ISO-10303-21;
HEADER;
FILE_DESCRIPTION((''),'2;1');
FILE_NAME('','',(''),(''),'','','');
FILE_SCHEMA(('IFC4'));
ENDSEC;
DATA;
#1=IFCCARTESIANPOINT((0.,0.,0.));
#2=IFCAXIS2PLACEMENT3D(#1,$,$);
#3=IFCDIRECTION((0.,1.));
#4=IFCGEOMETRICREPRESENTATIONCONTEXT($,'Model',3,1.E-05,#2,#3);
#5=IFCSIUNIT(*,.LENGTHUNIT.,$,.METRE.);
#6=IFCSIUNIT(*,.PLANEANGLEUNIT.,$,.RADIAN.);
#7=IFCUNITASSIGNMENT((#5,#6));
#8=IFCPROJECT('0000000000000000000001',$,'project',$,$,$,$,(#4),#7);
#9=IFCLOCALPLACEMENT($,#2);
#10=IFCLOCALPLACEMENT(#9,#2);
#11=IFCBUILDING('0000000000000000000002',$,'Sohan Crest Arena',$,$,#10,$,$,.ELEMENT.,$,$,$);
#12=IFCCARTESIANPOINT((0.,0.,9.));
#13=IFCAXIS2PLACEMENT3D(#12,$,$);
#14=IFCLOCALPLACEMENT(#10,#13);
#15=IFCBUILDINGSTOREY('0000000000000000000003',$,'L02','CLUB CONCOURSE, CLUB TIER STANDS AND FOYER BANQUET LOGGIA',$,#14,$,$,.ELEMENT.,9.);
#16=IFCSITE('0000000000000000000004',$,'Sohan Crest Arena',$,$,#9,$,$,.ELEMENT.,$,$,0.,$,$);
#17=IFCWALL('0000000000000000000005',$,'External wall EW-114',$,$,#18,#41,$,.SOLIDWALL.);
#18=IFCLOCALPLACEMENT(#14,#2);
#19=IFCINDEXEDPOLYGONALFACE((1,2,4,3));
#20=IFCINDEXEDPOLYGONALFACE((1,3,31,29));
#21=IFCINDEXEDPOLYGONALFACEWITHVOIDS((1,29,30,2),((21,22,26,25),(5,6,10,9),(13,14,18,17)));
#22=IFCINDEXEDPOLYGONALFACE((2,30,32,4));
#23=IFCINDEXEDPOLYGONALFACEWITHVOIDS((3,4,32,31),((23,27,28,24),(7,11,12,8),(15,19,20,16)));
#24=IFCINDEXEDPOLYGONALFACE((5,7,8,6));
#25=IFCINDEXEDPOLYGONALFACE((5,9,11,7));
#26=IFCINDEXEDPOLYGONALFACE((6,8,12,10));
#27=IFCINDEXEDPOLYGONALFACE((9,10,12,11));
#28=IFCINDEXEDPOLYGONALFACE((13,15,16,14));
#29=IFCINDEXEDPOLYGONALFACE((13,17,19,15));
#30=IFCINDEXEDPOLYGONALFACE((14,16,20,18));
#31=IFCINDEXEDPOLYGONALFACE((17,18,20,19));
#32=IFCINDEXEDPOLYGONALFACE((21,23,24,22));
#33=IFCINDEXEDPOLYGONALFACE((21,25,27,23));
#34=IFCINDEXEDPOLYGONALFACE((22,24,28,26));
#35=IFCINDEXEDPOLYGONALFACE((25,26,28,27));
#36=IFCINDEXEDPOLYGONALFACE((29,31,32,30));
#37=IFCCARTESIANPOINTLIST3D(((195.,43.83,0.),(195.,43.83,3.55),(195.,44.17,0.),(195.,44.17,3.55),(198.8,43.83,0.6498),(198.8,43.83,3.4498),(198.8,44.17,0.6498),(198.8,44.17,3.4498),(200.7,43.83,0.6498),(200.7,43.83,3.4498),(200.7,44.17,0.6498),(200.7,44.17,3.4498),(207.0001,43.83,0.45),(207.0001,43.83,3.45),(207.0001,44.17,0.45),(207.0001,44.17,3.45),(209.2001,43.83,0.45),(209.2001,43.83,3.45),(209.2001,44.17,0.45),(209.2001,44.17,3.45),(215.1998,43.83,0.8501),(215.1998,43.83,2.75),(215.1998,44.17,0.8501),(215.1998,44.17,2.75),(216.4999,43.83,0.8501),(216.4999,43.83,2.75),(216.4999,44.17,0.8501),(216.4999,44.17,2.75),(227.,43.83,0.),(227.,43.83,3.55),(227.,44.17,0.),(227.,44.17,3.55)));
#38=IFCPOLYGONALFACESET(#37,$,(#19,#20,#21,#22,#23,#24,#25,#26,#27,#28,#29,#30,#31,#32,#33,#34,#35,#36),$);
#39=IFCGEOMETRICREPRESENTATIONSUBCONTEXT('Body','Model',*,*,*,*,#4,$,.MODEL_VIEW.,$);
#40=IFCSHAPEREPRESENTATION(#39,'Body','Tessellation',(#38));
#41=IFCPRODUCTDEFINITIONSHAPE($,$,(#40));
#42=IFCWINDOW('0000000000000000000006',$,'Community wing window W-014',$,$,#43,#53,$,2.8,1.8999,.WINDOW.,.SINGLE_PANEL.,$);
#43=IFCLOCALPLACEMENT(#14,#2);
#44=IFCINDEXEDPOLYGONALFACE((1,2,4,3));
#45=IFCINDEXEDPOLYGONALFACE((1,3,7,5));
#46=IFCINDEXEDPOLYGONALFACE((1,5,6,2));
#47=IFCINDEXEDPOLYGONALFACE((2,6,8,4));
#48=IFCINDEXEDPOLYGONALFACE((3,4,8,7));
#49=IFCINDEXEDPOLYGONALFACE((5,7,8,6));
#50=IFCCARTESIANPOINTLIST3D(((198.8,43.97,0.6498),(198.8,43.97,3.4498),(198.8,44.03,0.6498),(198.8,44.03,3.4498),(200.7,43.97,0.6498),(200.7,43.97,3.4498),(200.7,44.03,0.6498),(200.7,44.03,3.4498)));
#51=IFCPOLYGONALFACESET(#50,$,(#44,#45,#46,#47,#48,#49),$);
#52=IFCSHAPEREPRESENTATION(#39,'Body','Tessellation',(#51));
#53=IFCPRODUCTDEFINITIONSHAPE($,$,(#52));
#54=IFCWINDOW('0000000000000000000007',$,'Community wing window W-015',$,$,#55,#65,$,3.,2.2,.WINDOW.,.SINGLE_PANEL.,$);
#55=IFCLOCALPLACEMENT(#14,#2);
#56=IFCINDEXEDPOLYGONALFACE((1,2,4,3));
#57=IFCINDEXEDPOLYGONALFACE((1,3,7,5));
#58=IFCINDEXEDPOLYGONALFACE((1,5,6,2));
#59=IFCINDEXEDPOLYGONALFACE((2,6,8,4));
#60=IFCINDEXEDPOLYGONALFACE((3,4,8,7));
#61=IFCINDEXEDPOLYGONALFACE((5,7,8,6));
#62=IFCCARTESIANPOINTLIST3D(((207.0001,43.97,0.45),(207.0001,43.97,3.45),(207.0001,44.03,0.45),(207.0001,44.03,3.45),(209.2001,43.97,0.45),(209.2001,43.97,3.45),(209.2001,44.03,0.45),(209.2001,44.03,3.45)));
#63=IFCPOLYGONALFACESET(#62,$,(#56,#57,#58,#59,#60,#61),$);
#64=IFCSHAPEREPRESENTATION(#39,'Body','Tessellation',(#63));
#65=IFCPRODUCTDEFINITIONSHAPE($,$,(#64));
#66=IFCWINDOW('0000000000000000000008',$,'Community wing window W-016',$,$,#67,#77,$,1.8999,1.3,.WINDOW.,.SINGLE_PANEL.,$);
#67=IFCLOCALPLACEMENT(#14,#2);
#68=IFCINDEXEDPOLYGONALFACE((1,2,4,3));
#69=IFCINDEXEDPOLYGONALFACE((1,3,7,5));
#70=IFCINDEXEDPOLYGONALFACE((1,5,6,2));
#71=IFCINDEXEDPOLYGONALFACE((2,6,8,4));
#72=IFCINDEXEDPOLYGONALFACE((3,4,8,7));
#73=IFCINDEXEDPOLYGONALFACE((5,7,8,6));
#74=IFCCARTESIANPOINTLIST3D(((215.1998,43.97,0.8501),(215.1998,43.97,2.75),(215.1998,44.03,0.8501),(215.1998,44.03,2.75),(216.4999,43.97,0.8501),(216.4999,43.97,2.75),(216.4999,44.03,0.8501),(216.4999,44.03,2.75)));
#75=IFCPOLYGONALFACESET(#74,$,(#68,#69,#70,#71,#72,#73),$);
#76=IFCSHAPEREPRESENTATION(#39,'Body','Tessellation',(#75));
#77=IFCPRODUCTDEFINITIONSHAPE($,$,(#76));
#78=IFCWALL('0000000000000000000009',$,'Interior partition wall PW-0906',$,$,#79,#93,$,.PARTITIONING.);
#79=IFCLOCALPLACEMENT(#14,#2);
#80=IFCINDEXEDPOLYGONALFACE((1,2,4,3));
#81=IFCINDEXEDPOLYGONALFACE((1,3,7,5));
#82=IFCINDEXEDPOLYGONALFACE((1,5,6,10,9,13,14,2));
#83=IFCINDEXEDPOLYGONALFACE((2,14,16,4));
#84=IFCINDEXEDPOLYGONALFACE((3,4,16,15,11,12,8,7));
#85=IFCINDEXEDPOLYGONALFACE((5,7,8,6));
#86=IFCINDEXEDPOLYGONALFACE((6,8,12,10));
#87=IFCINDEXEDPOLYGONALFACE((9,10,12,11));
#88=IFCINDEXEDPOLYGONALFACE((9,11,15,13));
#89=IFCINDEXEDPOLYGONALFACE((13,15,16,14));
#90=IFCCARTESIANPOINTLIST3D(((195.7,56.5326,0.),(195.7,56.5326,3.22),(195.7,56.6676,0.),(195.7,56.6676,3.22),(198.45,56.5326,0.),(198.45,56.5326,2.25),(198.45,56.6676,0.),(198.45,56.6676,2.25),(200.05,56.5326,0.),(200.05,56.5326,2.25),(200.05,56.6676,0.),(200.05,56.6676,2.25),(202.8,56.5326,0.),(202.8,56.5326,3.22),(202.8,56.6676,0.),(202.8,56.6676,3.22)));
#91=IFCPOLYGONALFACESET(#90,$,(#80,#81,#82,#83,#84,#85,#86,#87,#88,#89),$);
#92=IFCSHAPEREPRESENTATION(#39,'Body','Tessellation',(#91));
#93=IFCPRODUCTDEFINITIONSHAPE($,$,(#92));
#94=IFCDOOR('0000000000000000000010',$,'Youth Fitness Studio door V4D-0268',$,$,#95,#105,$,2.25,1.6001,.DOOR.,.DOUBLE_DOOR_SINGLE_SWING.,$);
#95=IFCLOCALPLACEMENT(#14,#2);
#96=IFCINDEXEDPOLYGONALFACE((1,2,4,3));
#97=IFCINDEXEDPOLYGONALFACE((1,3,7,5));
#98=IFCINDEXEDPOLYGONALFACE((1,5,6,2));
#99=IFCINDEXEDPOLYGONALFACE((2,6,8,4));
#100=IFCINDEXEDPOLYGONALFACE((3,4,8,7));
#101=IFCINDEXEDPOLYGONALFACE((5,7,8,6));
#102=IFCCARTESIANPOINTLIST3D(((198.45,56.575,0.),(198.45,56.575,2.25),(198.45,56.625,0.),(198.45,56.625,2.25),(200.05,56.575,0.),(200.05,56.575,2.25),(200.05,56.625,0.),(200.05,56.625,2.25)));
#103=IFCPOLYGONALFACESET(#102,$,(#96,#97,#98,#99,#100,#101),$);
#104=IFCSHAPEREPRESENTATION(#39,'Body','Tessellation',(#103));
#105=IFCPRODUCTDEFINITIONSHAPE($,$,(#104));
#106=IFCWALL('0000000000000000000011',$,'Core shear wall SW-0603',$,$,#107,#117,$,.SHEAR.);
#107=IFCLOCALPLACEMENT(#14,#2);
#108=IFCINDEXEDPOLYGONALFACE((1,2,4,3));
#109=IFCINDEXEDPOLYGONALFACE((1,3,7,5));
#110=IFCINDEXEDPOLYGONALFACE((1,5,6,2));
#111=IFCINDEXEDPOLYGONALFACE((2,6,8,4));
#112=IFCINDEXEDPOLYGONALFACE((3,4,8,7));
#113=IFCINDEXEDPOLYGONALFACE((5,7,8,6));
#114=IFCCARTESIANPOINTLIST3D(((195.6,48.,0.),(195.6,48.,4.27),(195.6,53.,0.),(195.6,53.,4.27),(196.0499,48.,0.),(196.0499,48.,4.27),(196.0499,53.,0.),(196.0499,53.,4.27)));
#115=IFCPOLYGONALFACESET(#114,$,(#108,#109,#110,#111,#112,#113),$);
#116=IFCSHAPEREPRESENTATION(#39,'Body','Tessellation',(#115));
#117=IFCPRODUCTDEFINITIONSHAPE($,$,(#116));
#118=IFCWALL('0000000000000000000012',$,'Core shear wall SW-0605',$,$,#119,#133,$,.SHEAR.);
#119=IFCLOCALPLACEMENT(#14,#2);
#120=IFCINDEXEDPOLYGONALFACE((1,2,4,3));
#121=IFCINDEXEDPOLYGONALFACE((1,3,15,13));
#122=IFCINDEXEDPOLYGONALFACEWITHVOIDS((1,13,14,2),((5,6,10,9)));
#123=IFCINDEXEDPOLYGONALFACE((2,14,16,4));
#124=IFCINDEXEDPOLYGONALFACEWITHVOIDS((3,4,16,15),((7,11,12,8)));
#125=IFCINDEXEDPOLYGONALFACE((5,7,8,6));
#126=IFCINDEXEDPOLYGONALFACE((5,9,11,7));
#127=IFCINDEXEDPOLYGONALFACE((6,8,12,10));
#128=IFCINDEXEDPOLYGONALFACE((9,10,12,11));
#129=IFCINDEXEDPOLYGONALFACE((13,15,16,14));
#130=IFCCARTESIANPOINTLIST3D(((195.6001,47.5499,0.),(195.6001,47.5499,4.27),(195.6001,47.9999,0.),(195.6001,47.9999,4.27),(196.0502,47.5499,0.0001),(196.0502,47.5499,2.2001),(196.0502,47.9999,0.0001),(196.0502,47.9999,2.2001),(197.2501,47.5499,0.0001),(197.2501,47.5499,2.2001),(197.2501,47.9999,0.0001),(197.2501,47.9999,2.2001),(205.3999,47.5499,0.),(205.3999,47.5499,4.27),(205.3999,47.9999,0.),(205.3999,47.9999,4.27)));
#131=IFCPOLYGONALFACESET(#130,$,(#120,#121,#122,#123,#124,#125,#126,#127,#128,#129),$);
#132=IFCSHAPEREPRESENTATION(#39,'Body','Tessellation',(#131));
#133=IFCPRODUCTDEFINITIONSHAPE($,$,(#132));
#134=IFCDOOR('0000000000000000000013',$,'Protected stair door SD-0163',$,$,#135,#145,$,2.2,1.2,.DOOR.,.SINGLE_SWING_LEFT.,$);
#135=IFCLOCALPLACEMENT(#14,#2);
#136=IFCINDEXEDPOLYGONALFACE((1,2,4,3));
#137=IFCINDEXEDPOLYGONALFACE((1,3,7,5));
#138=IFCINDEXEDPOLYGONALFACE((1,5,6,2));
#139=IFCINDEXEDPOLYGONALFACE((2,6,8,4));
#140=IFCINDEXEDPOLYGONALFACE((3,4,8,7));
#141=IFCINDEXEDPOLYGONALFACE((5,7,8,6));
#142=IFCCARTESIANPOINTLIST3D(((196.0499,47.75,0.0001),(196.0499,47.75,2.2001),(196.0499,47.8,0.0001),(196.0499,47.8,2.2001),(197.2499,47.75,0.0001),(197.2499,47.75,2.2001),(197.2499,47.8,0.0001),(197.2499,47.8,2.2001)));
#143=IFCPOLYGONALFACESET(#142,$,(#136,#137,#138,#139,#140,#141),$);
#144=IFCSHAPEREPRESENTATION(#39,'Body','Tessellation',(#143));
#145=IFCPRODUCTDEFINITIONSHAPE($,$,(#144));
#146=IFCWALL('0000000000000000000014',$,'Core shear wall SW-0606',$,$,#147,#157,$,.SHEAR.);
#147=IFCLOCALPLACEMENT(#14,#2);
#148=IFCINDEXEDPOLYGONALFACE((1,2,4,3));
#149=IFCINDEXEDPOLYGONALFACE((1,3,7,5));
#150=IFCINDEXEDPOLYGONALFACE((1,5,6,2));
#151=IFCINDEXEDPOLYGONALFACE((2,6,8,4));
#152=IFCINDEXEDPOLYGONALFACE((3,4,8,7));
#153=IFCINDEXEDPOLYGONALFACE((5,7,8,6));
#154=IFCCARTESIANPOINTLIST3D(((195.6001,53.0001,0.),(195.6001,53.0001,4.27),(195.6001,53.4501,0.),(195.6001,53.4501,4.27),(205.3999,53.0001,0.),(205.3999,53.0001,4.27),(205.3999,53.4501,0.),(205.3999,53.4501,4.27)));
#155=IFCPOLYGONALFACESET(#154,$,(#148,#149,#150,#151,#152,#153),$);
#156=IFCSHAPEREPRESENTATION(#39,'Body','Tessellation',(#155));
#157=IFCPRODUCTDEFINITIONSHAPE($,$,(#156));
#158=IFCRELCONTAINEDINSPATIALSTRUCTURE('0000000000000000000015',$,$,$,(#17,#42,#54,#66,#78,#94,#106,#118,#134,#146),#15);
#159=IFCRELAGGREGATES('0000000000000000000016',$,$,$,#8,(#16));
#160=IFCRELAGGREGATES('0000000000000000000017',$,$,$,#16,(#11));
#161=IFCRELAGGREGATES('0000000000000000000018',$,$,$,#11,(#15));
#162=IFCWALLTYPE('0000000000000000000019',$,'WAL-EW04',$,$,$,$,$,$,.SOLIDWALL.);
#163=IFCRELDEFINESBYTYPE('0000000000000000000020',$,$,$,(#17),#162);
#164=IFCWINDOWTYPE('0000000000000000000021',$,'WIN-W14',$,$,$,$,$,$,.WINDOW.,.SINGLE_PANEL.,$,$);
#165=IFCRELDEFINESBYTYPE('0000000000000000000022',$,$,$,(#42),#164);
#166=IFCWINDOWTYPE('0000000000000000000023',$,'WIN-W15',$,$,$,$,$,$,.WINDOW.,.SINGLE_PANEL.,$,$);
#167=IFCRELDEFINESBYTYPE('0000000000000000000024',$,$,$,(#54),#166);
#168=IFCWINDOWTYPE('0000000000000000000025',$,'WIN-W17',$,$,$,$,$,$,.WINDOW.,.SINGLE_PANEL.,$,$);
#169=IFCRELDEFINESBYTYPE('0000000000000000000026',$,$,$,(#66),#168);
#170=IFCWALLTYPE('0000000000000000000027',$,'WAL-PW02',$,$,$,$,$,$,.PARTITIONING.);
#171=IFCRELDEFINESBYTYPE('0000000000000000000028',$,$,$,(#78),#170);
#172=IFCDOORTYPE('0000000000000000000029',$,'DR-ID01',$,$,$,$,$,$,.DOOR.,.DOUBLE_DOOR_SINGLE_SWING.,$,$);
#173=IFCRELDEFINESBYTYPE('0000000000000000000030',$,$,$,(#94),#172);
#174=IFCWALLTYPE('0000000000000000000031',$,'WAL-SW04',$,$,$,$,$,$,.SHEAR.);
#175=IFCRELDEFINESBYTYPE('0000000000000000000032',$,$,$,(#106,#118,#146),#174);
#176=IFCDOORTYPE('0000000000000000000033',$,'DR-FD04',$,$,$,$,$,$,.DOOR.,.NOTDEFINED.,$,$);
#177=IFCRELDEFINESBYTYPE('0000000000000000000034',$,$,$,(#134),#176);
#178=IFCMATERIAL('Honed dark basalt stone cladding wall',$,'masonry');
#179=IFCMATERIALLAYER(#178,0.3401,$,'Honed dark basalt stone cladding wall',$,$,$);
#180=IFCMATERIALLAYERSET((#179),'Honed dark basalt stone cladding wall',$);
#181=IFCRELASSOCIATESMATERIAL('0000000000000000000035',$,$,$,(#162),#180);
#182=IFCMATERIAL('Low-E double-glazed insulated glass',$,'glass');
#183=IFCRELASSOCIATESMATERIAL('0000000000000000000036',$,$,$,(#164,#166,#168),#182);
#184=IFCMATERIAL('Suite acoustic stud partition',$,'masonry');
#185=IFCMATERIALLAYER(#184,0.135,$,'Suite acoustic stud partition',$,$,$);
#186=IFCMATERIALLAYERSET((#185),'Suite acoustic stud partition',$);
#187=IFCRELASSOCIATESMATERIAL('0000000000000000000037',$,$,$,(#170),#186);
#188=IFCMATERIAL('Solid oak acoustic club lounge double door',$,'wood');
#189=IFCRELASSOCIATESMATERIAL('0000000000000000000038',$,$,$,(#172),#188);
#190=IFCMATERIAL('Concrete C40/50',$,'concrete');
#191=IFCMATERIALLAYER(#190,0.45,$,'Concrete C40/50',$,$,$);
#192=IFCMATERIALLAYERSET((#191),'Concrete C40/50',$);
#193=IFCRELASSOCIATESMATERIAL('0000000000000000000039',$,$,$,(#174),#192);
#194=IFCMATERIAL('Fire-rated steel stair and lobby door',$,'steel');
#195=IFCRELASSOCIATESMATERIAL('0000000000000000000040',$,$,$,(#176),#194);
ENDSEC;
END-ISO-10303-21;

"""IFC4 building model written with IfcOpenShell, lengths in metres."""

from ifc_helpers import new_model, si_unit, direction, frame, frame_2d, origin, place, context, subcontext, project, spatial, rectangle, extrude, material, layer, layer_set, type_object, element, fill, save


model = new_model("IFC4")

# Units and contexts
model_context = context("Model", 3, precision=1e-05, world=origin(), true_north=direction((0.0, 1.0)))
body_context = subcontext(model_context, "Body", "Model", "MODEL_VIEW")
ifc_project = project(units=[si_unit("LENGTHUNIT", "METRE"), si_unit("PLANEANGLEUNIT", "RADIAN")], contexts=[model_context])

# Site, building, storey
site_placement = place(None, origin())
site = spatial("IfcSite", under=ifc_project, at=site_placement, Name="Sohan Crest Arena", CompositionType="ELEMENT", RefElevation=0.0)
building_placement = place(site_placement, origin())
building = spatial("IfcBuilding", under=site, at=building_placement, Name="Sohan Crest Arena", CompositionType="ELEMENT")
storey_placement = place(building_placement, frame((0.0, 0.0, 9.0)))
storey = spatial("IfcBuildingStorey", under=building, at=storey_placement, Name="L02", Description="CLUB CONCOURSE, CLUB TIER STANDS AND FOYER BANQUET LOGGIA", CompositionType="ELEMENT", Elevation=9.0)

# Shared definitions
ifc_material_1 = material(Name="Concrete C40/50", Category="concrete")

# Wall, openings, windows
ifc_material_2 = material(Name="Honed dark basalt stone cladding wall", Category="masonry")
ifc_layer_1 = layer(ifc_material_2, 0.3401, Name="Honed dark basalt stone cladding wall")
ifc_layer_set_1 = layer_set([ifc_layer_1], Name="Honed dark basalt stone cladding wall")
wall_type_1 = type_object("IfcWallType", Name="WAL-EW04", PredefinedType="SOLIDWALL", material=ifc_layer_set_1)
wall_1_placement = place(storey_placement, frame((195.0, 44.0, 0.0), z_axis=(0.0, 0.0, 1.0), x_axis=(1.0, 0.0, 0.0)))
wall_1 = element("IfcWall", 1, at=wall_1_placement, inside=storey, type_object=wall_type_1, Name="External wall EW-114", PredefinedType="SOLIDWALL", context=body_context, shape_type="SweptSolid", body=[
    extrude(rectangle(XDim=32.0, YDim=0.3401, at=frame_2d((16.0, 0.0))), origin(), (0.0, 0.0, 1.0), 3.55),
])
opening_1_placement = place(wall_1_placement, frame((3.8, 0.0, 0.6499)))
opening_1 = element("IfcOpeningElement", 2, at=opening_1_placement, cuts=wall_1, PredefinedType="OPENING", context=body_context, shape_type="SweptSolid", body=[
    extrude(rectangle(XDim=1.8999, YDim=2.8, at=frame_2d((0.95, 1.3999))), frame((0.0, 0.1799, 0.0), z_axis=(0.0, -1.0, 0.0), x_axis=(1.0, 0.0, 0.0)), (0.0, 0.0, 1.0), 0.3601),
])
opening_2_placement = place(wall_1_placement, frame((12.0, 0.0, 0.45)))
opening_2 = element("IfcOpeningElement", 3, at=opening_2_placement, cuts=wall_1, PredefinedType="OPENING", context=body_context, shape_type="SweptSolid", body=[
    extrude(rectangle(XDim=2.2, YDim=3.0, at=frame_2d((1.1001, 1.5))), frame((0.0, 0.1799, 0.0), z_axis=(0.0, -1.0, 0.0), x_axis=(1.0, 0.0, 0.0)), (0.0, 0.0, 1.0), 0.3601),
])
opening_3_placement = place(wall_1_placement, frame((20.2, 0.0, 0.8501)))
opening_3 = element("IfcOpeningElement", 4, at=opening_3_placement, cuts=wall_1, PredefinedType="OPENING", context=body_context, shape_type="SweptSolid", body=[
    extrude(rectangle(XDim=1.3, YDim=1.8999, at=frame_2d((0.6499, 0.95))), frame((0.0, 0.1799, 0.0), z_axis=(0.0, -1.0, 0.0), x_axis=(1.0, 0.0, 0.0)), (0.0, 0.0, 1.0), 0.3601),
])
ifc_material_3 = material(Name="Low-E double-glazed insulated glass", Category="glass")
window_type_1 = type_object("IfcWindowType", Name="WIN-W14", PartitioningType="SINGLE_PANEL", PredefinedType="WINDOW", material=ifc_material_3)
window_1_placement = place(opening_1_placement, origin())
window_1 = element("IfcWindow", 5, at=window_1_placement, inside=storey, type_object=window_type_1, Name="Community wing window W-014", OverallHeight=2.8, OverallWidth=1.8999, PartitioningType="SINGLE_PANEL", PredefinedType="WINDOW", context=body_context, shape_type="SweptSolid", body=[
    extrude(rectangle(XDim=1.8999, YDim=2.8, at=frame_2d((0.95, 1.3999))), frame((0.0, 0.03, 0.0), z_axis=(0.0, -1.0, 0.0), x_axis=(1.0, 0.0, 0.0)), (0.0, 0.0, 1.0), 0.0601),
])
fill(opening_1, window_1)
window_type_2 = type_object("IfcWindowType", Name="WIN-W15", PartitioningType="SINGLE_PANEL", PredefinedType="WINDOW", material=ifc_material_3)
window_2_placement = place(opening_2_placement, origin())
window_2 = element("IfcWindow", 6, at=window_2_placement, inside=storey, type_object=window_type_2, Name="Community wing window W-015", OverallHeight=3.0, OverallWidth=2.2, PartitioningType="SINGLE_PANEL", PredefinedType="WINDOW", context=body_context, shape_type="SweptSolid", body=[
    extrude(rectangle(XDim=2.2, YDim=3.0, at=frame_2d((1.1001, 1.5))), frame((0.0, 0.03, 0.0), z_axis=(0.0, -1.0, 0.0), x_axis=(1.0, 0.0, 0.0)), (0.0, 0.0, 1.0), 0.0601),
])
fill(opening_2, window_2)
window_type_3 = type_object("IfcWindowType", Name="WIN-W17", PartitioningType="SINGLE_PANEL", PredefinedType="WINDOW", material=ifc_material_3)
window_3_placement = place(opening_3_placement, origin())
window_3 = element("IfcWindow", 7, at=window_3_placement, inside=storey, type_object=window_type_3, Name="Community wing window W-016", OverallHeight=1.8999, OverallWidth=1.3, PartitioningType="SINGLE_PANEL", PredefinedType="WINDOW", context=body_context, shape_type="SweptSolid", body=[
    extrude(rectangle(XDim=1.3, YDim=1.8999, at=frame_2d((0.6499, 0.95))), frame((0.0, 0.03, 0.0), z_axis=(0.0, -1.0, 0.0), x_axis=(1.0, 0.0, 0.0)), (0.0, 0.0, 1.0), 0.0601),
])
fill(opening_3, window_3)

# Wall, opening, door
ifc_material_4 = material(Name="Suite acoustic stud partition", Category="masonry")
ifc_layer_2 = layer(ifc_material_4, 0.135, Name="Suite acoustic stud partition")
ifc_layer_set_2 = layer_set([ifc_layer_2], Name="Suite acoustic stud partition")
wall_type_2 = type_object("IfcWallType", Name="WAL-PW02", PredefinedType="PARTITIONING", material=ifc_layer_set_2)
wall_2_placement = place(storey_placement, frame((195.7, 56.6001, 0.0), z_axis=(0.0, 0.0, 1.0), x_axis=(1.0, 0.0, 0.0)))
wall_2 = element("IfcWall", 8, at=wall_2_placement, inside=storey, type_object=wall_type_2, Name="Interior partition wall PW-0906", PredefinedType="PARTITIONING", context=body_context, shape_type="SweptSolid", body=[
    extrude(rectangle(XDim=7.1001, YDim=0.135, at=frame_2d((3.55, 0.0))), origin(), (0.0, 0.0, 1.0), 3.22),
])
opening_4_placement = place(wall_2_placement, frame((2.75, 0.0, 0.0)))
opening_4 = element("IfcOpeningElement", 9, at=opening_4_placement, cuts=wall_2, PredefinedType="OPENING", context=body_context, shape_type="SweptSolid", body=[
    extrude(rectangle(XDim=1.6001, YDim=2.25, at=frame_2d((0.8, 1.125))), frame((0.0, 0.0774, 0.0), z_axis=(0.0, -1.0, 0.0), x_axis=(1.0, 0.0, 0.0)), (0.0, 0.0, 1.0), 0.155),
])
ifc_material_5 = material(Name="Solid oak acoustic club lounge double door", Category="wood")
door_type_1 = type_object("IfcDoorType", Name="DR-ID01", OperationType="DOUBLE_DOOR_SINGLE_SWING", PredefinedType="DOOR", material=ifc_material_5)
door_1_placement = place(opening_4_placement, origin())
door_1 = element("IfcDoor", 10, at=door_1_placement, inside=storey, type_object=door_type_1, Name="Youth Fitness Studio door V4D-0268", OperationType="DOUBLE_DOOR_SINGLE_SWING", OverallHeight=2.25, OverallWidth=1.6001, PredefinedType="DOOR", context=body_context, shape_type="SweptSolid", body=[
    extrude(rectangle(XDim=1.6001, YDim=2.25, at=frame_2d((0.8, 1.125))), frame((0.0, 0.0249, 0.0), z_axis=(0.0, -1.0, 0.0), x_axis=(1.0, 0.0, 0.0)), (0.0, 0.0, 1.0), 0.05),
])
fill(opening_4, door_1)

# Wall
ifc_layer_3 = layer(ifc_material_1, 0.45, Name="Concrete C40/50")
ifc_layer_set_3 = layer_set([ifc_layer_3], Name="Concrete C40/50")
wall_type_3 = type_object("IfcWallType", Name="WAL-SW04", PredefinedType="SHEAR", material=ifc_layer_set_3)
wall_3_placement = place(storey_placement, frame((195.825, 48.0, 0.0), z_axis=(0.0, 0.0, 1.0), x_axis=(0.0, 1.0, 0.0)))
element("IfcWall", 11, at=wall_3_placement, inside=storey, type_object=wall_type_3, Name="Core shear wall SW-0603", PredefinedType="SHEAR", context=body_context, shape_type="SweptSolid", body=[
    extrude(rectangle(XDim=5.0, YDim=0.45, at=frame_2d((2.5, 0.0))), origin(), (0.0, 0.0, 1.0), 4.27),
])

# Wall, opening, door
wall_4_placement = place(storey_placement, frame((195.6001, 47.7749, 0.0), z_axis=(0.0, 0.0, 1.0), x_axis=(1.0, 0.0, 0.0)))
wall_4 = element("IfcWall", 12, at=wall_4_placement, inside=storey, type_object=wall_type_3, Name="Core shear wall SW-0605", PredefinedType="SHEAR", context=body_context, shape_type="SweptSolid", body=[
    extrude(rectangle(XDim=9.7998, YDim=0.45, at=frame_2d((4.8999, 0.0))), origin(), (0.0, 0.0, 1.0), 4.27),
])
opening_5_placement = place(wall_4_placement, frame((0.45, 0.0, 0.0)))
opening_5 = element("IfcOpeningElement", 13, at=opening_5_placement, cuts=wall_4, PredefinedType="OPENING", context=body_context, shape_type="SweptSolid", body=[
    extrude(rectangle(XDim=1.2, YDim=2.2, at=frame_2d((0.6001, 1.1001))), frame((0.0, 0.2349, 0.0), z_axis=(0.0, -1.0, 0.0), x_axis=(1.0, 0.0, 0.0)), (0.0, 0.0, 1.0), 0.47),
])
ifc_material_6 = material(Name="Fire-rated steel stair and lobby door", Category="steel")
door_type_2 = type_object("IfcDoorType", Name="DR-FD04", OperationType="NOTDEFINED", PredefinedType="DOOR", material=ifc_material_6)
door_2_placement = place(opening_5_placement, frame((1.2, 0.0, 0.0), z_axis=(0.0, 0.0, 1.0), x_axis=(-1.0, 0.0, 0.0)))
door_2 = element("IfcDoor", 14, at=door_2_placement, inside=storey, type_object=door_type_2, Name="Protected stair door SD-0163", OperationType="SINGLE_SWING_LEFT", OverallHeight=2.2, OverallWidth=1.2, PredefinedType="DOOR", context=body_context, shape_type="SweptSolid", body=[
    extrude(rectangle(XDim=1.2, YDim=2.2, at=frame_2d((0.6001, 1.1001))), frame((0.0, 0.0249, 0.0), z_axis=(0.0, -1.0, 0.0), x_axis=(1.0, 0.0, 0.0)), (0.0, 0.0, 1.0), 0.05),
])
fill(opening_5, door_2)

# Wall
wall_5_placement = place(storey_placement, frame((195.6001, 53.2251, 0.0), z_axis=(0.0, 0.0, 1.0), x_axis=(1.0, 0.0, 0.0)))
element("IfcWall", 15, at=wall_5_placement, inside=storey, type_object=wall_type_3, Name="Core shear wall SW-0606", PredefinedType="SHEAR", context=body_context, shape_type="SweptSolid", body=[
    extrude(rectangle(XDim=9.7998, YDim=0.45, at=frame_2d((4.8999, 0.0))), origin(), (0.0, 0.0, 1.0), 4.27),
])

save(model, "model.ifc")
